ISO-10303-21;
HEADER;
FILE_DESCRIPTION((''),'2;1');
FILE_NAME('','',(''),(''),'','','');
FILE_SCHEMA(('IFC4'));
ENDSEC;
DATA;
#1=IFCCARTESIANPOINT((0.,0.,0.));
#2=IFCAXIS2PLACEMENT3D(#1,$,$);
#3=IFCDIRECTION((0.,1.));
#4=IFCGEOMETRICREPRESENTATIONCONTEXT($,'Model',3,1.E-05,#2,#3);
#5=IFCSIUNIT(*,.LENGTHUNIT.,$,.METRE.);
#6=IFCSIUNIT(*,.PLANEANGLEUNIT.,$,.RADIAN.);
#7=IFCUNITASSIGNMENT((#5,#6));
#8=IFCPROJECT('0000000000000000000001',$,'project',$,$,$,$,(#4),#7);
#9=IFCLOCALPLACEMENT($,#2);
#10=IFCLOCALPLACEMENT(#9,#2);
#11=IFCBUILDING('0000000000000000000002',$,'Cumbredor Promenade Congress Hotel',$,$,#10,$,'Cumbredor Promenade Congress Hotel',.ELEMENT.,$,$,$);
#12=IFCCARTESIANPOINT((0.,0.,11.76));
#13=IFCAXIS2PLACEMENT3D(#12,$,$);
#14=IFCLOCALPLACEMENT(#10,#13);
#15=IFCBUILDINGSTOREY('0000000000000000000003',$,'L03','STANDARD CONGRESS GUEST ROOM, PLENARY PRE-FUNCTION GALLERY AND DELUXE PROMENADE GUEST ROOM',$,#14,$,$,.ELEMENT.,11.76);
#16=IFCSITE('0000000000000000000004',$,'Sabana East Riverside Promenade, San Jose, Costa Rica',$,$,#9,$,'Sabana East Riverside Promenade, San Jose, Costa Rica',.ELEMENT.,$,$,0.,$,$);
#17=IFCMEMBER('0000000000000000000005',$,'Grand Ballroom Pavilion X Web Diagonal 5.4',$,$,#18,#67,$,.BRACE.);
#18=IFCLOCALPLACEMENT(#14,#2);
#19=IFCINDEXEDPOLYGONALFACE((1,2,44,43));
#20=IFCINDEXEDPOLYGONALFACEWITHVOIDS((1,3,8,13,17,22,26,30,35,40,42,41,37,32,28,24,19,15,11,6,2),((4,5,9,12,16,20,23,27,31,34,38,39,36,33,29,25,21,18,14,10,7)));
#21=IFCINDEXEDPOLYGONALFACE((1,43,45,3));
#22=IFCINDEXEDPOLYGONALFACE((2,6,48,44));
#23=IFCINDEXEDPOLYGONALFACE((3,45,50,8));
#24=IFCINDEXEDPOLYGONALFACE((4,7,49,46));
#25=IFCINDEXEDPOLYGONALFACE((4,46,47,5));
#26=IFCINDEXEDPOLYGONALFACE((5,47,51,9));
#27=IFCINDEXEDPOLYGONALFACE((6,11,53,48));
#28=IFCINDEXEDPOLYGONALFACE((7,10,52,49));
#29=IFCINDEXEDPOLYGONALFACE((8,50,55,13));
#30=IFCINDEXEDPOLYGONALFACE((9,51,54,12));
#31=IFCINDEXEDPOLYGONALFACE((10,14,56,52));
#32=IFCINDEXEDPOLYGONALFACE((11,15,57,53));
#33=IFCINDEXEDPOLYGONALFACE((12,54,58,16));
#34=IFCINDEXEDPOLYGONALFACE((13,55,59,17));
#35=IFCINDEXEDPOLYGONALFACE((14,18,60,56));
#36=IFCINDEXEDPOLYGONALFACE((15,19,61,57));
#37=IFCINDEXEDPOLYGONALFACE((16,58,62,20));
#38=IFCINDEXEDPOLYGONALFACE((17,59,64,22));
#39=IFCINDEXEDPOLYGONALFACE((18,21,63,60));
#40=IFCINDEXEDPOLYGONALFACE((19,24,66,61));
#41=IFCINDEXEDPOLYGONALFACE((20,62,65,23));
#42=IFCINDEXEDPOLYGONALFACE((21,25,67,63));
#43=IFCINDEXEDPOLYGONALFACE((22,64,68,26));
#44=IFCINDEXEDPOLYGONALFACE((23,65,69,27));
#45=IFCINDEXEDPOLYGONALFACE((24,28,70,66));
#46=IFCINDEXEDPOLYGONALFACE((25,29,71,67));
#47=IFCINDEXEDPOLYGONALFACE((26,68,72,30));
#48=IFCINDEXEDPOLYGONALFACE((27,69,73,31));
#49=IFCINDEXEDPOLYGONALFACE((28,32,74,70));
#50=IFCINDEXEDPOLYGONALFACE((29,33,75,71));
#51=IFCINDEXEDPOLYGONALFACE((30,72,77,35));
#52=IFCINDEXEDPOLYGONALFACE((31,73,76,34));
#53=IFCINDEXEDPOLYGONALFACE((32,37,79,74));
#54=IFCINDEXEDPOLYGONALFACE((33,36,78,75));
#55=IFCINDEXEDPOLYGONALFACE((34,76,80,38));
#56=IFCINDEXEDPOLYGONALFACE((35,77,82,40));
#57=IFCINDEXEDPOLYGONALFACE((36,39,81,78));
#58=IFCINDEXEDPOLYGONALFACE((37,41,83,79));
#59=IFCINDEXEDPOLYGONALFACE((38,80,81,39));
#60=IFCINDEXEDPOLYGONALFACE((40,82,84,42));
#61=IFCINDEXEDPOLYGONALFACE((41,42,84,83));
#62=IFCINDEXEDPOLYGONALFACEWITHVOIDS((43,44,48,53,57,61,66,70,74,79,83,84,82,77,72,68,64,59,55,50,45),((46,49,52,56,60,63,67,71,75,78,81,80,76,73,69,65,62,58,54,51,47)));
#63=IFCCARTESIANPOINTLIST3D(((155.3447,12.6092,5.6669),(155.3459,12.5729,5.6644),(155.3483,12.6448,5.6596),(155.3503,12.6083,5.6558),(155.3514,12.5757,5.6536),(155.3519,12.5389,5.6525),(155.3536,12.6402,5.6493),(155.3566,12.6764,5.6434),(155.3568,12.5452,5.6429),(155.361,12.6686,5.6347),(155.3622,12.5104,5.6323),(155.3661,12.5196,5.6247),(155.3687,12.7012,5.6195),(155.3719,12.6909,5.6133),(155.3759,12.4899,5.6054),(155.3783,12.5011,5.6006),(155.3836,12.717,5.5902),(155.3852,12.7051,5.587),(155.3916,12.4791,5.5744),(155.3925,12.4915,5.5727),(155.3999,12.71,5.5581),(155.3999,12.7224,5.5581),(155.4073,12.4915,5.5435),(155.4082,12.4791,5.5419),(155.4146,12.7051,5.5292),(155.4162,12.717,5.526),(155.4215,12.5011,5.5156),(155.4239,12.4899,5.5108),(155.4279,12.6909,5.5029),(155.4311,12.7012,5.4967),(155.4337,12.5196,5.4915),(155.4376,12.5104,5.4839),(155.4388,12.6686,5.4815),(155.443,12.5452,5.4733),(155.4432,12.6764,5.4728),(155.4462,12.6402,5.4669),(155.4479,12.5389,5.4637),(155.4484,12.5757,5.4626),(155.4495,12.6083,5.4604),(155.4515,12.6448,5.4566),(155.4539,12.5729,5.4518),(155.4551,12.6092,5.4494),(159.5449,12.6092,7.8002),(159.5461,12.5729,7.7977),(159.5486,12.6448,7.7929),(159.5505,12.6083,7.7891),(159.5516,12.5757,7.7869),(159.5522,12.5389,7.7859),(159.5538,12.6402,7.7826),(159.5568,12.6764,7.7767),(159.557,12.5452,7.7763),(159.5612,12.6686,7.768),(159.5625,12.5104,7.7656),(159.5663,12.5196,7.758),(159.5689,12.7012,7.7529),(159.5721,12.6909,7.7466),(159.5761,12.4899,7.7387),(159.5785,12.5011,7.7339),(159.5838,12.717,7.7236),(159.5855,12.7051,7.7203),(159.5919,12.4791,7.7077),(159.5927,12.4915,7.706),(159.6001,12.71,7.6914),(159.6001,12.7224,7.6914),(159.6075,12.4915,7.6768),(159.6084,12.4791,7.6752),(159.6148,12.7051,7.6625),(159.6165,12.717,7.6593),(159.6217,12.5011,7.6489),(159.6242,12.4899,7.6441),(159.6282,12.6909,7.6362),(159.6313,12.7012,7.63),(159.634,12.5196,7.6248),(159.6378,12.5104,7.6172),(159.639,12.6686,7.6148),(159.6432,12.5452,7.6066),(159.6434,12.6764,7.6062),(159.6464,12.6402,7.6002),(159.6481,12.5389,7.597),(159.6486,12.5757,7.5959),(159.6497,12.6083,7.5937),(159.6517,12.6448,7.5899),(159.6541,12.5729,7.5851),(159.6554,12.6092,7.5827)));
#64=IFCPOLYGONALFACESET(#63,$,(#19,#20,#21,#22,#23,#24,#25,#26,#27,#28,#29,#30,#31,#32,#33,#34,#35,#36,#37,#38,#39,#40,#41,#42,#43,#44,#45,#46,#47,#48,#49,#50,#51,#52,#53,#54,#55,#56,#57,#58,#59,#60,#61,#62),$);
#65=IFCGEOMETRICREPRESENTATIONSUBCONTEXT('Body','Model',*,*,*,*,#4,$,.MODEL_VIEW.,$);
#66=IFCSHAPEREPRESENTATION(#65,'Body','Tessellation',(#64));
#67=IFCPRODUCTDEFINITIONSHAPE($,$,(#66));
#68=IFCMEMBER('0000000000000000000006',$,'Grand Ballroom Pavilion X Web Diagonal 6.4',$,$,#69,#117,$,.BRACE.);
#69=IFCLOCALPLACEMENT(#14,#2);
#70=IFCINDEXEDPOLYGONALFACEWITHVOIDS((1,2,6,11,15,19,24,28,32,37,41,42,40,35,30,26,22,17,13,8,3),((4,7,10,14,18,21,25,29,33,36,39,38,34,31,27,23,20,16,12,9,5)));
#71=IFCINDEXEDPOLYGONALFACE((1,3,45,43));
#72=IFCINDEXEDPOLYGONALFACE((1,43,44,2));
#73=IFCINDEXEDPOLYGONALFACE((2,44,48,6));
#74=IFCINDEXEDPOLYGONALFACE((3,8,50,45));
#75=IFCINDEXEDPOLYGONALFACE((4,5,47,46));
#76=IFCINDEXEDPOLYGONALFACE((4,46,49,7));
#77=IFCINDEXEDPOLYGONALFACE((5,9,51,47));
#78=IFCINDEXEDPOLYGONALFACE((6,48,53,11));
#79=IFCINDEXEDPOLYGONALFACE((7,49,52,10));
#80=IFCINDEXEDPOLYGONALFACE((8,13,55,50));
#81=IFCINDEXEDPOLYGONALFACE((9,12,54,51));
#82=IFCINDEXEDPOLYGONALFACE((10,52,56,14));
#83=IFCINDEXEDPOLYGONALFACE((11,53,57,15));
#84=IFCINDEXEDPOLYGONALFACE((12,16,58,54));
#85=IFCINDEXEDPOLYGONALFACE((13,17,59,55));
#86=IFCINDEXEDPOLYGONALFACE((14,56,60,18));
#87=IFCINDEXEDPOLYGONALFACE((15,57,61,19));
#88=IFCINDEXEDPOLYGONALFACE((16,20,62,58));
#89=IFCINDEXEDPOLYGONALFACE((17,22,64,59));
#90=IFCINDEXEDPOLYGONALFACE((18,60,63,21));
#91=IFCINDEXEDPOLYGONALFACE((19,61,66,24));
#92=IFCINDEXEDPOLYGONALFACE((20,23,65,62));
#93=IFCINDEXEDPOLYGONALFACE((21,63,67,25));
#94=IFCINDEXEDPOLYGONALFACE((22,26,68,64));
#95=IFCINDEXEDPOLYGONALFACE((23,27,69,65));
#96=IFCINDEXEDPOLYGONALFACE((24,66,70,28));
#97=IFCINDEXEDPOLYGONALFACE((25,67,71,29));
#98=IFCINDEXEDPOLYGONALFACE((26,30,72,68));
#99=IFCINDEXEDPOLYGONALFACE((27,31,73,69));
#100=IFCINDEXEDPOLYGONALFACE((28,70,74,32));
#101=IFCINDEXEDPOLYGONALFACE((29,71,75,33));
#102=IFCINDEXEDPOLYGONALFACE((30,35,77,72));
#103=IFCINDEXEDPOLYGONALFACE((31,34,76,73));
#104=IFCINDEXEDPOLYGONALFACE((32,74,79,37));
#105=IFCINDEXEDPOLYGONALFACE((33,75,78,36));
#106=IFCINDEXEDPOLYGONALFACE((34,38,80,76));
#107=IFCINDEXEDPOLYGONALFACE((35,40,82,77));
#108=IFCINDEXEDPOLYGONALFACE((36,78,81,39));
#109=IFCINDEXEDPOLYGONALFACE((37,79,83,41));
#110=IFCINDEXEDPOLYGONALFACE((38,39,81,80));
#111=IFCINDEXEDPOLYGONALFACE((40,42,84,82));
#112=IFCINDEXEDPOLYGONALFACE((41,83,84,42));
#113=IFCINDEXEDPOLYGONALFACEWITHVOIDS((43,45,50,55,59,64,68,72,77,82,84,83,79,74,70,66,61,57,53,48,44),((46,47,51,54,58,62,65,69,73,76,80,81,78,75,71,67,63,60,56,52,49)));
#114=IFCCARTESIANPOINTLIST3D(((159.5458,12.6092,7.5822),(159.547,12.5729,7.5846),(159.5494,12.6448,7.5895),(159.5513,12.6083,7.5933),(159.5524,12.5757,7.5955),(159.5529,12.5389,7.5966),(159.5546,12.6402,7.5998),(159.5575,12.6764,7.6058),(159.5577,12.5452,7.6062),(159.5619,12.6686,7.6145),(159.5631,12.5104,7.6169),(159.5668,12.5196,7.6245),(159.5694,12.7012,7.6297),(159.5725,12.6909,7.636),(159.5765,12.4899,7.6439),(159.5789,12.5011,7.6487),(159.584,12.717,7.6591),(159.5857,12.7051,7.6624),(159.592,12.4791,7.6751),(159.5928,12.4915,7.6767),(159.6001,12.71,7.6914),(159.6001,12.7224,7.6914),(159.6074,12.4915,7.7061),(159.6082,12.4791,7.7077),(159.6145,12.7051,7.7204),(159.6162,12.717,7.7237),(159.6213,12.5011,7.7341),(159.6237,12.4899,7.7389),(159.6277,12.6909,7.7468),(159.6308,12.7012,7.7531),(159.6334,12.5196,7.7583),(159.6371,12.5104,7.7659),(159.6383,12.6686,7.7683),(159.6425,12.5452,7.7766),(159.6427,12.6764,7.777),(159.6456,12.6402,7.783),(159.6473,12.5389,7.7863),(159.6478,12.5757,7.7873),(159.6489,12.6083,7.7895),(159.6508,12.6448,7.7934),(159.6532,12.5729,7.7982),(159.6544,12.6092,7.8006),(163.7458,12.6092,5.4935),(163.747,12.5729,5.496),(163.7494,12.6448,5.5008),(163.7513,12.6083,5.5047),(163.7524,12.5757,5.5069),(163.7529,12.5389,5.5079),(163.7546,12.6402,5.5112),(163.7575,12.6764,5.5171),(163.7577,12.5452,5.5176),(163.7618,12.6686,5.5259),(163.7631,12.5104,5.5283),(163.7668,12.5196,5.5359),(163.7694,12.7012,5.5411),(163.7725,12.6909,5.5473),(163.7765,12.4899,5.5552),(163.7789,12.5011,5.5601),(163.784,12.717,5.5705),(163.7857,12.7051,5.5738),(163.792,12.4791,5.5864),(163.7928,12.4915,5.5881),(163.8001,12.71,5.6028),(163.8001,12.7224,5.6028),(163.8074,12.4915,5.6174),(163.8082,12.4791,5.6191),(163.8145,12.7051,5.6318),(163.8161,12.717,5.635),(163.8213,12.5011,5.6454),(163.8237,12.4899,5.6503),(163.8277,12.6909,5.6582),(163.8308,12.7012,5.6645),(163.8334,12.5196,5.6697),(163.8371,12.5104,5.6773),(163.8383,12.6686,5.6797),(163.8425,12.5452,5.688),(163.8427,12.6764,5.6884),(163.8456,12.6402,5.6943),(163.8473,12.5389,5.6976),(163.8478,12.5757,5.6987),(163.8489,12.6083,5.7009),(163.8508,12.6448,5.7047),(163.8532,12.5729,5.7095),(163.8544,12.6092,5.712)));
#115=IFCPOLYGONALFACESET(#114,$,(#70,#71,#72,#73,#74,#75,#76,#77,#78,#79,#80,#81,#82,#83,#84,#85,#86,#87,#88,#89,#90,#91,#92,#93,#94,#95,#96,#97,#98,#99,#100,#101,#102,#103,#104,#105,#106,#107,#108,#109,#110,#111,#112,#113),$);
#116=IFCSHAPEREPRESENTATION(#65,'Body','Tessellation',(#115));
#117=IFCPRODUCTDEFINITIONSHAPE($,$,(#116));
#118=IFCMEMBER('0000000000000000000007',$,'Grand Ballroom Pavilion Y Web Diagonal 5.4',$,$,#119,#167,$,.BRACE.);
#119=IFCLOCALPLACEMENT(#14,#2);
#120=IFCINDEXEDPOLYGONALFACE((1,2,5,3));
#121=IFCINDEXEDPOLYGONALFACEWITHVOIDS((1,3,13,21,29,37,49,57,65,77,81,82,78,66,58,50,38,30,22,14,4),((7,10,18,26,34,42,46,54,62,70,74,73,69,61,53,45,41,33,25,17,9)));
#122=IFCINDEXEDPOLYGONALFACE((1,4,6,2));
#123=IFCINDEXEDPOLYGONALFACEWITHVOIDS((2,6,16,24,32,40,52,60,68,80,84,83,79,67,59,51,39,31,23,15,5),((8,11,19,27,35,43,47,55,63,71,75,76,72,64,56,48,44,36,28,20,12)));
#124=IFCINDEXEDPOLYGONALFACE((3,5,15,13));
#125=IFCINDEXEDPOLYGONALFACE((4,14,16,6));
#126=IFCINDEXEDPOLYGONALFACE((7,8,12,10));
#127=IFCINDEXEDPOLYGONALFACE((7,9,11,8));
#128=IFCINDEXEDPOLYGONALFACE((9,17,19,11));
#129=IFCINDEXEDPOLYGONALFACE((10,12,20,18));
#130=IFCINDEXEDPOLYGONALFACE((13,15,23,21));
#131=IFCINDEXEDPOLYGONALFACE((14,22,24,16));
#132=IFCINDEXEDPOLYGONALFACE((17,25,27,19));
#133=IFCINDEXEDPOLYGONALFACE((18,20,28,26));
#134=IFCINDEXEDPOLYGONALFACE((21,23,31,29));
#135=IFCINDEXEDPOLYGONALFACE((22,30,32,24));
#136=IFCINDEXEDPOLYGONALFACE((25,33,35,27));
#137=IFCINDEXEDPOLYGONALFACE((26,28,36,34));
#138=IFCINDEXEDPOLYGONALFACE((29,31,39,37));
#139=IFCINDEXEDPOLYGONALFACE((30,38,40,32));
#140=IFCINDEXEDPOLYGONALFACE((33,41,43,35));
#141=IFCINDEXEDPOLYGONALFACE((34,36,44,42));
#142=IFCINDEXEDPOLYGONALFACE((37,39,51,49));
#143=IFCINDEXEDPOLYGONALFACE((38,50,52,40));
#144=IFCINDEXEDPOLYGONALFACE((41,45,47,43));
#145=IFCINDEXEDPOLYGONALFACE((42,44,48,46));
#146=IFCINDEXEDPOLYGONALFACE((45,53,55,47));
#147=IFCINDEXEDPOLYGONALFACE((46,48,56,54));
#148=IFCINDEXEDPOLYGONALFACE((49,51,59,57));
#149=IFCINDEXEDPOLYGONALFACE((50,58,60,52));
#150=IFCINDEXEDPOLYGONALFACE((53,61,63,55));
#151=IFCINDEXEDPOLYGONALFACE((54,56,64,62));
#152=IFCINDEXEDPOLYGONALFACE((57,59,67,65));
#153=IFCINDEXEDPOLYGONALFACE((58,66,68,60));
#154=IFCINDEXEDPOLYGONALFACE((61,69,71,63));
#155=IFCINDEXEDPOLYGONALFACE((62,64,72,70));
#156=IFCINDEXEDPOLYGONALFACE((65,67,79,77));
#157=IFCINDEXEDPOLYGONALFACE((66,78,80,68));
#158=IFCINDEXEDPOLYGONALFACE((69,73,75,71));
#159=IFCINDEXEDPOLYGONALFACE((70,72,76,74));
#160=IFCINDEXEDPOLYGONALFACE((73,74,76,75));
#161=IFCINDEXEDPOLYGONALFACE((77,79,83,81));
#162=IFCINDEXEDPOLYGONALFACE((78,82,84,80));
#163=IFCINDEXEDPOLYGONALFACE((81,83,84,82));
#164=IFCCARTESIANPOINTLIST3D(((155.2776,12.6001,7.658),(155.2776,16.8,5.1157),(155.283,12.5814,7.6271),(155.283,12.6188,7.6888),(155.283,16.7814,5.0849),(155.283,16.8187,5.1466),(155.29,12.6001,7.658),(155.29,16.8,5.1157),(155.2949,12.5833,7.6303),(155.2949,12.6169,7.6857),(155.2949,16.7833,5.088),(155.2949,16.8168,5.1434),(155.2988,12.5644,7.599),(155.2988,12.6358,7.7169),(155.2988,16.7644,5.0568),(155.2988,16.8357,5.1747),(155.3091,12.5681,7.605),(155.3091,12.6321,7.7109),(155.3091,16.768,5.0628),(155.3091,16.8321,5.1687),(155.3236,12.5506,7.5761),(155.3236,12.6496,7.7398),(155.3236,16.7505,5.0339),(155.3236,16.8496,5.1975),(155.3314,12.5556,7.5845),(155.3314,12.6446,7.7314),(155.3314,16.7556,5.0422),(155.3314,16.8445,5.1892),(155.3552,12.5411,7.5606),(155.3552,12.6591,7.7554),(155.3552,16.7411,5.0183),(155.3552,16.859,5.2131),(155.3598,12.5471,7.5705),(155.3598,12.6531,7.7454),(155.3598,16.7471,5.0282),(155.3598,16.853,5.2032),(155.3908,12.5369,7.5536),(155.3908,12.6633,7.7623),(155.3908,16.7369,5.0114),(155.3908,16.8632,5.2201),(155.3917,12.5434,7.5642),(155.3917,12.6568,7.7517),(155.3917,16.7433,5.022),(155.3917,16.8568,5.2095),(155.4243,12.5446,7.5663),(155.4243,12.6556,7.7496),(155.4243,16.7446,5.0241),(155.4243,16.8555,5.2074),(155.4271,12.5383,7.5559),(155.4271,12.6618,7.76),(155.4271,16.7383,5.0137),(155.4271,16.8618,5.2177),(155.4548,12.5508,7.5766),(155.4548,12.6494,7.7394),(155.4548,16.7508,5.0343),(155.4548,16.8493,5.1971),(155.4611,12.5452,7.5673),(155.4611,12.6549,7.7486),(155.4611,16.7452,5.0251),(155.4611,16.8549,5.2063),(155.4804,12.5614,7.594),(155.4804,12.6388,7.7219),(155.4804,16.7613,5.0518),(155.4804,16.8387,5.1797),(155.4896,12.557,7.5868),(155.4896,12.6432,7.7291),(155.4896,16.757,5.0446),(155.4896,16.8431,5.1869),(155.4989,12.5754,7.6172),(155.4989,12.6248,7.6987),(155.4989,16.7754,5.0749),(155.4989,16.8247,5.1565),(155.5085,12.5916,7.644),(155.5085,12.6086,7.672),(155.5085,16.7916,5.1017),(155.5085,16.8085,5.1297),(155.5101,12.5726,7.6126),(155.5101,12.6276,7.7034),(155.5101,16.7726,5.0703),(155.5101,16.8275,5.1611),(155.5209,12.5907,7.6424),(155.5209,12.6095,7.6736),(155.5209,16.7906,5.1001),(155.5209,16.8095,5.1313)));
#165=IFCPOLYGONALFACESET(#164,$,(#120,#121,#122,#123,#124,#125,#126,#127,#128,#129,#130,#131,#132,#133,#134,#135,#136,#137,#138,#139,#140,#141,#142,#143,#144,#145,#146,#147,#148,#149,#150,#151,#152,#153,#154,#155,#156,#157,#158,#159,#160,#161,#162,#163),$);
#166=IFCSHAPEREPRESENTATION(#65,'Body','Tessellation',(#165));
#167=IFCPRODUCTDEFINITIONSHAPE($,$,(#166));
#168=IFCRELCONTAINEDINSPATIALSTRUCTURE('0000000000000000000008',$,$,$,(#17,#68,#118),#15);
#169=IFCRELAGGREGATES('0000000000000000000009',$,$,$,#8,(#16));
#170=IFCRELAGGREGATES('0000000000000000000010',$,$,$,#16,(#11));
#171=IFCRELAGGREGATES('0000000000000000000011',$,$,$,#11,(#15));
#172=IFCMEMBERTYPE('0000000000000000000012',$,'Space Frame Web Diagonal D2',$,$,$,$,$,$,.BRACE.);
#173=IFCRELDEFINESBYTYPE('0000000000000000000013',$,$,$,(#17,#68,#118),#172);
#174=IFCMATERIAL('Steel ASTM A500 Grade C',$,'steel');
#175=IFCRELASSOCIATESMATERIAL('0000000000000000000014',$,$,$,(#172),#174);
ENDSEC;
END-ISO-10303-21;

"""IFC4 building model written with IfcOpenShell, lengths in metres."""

from ifc_helpers import new_model, si_unit, direction, frame, origin, origin_2d, place, context, subcontext, project, spatial, hollow_circle, extrude, material, material_profile, profile_set, type_object, element, save


model = new_model("IFC4")

# Units and contexts
model_context = context("Model", 3, precision=1e-05, world=origin(), true_north=direction((0.0, 1.0)))
body_context = subcontext(model_context, "Body", "Model", "MODEL_VIEW")
ifc_project = project(units=[si_unit("LENGTHUNIT", "METRE"), si_unit("PLANEANGLEUNIT", "RADIAN")], contexts=[model_context])

# Site, building, storey
site_placement = place(None, origin())
site = spatial("IfcSite", under=ifc_project, at=site_placement, Name="Sabana East Riverside Promenade, San Jose, Costa Rica", LongName="Sabana East Riverside Promenade, San Jose, Costa Rica", CompositionType="ELEMENT", RefElevation=0.0)
building_placement = place(site_placement, origin())
building = spatial("IfcBuilding", under=site, at=building_placement, Name="Cumbredor Promenade Congress Hotel", LongName="Cumbredor Promenade Congress Hotel", CompositionType="ELEMENT")
storey_placement = place(building_placement, frame((0.0, 0.0, 11.76)))
storey = spatial("IfcBuildingStorey", under=building, at=storey_placement, Name="L03", Description="STANDARD CONGRESS GUEST ROOM, PLENARY PRE-FUNCTION GALLERY AND DELUXE PROMENADE GUEST ROOM", CompositionType="ELEMENT", Elevation=11.76)

# Shared definitions
ifc_material_1 = material(Name="Steel ASTM A500 Grade C", Category="steel")

# Members
ifc_material_profile_1 = material_profile(ifc_material_1, hollow_circle(Radius=0.1223, WallThickness=0.0125, at=origin_2d()), Name="CHS 244.5x12.5")
ifc_profile_set_1 = profile_set([ifc_material_profile_1], Name="Steel ASTM A500 Grade C")
member_type_1 = type_object("IfcMemberType", Name="Space Frame Web Diagonal D2", PredefinedType="BRACE", material=ifc_profile_set_1)
member_1_placement = place(storey_placement, frame((155.3999, 12.6001, 5.5581), z_axis=(0.89159, 0.0, 0.452843), x_axis=(0.0, 1.0, 0.0)))
element("IfcMember", 1, at=member_1_placement, inside=storey, type_object=member_type_1, Name="Grand Ballroom Pavilion X Web Diagonal 5.4", PredefinedType="BRACE", context=body_context, shape_type="SweptSolid", body=[
    extrude(hollow_circle(Radius=0.1223, WallThickness=0.0125, at=origin_2d()), origin(), (0.0, 0.0, 1.0), 4.7109),
])
member_2_placement = place(storey_placement, frame((159.6001, 12.6001, 7.6914), z_axis=(0.895393, 0.0, -0.445276), x_axis=(0.0, 1.0, 0.0)))
element("IfcMember", 2, at=member_2_placement, inside=storey, type_object=member_type_1, Name="Grand Ballroom Pavilion X Web Diagonal 6.4", PredefinedType="BRACE", context=body_context, shape_type="SweptSolid", body=[
    extrude(hollow_circle(Radius=0.1223, WallThickness=0.0125, at=origin_2d()), origin(), (0.0, 0.0, 1.0), 4.6907),
])
member_3_placement = place(storey_placement, frame((155.3999, 12.6001, 7.658), z_axis=(0.0, 0.855486, -0.517827), x_axis=(-1.0, 0.0, 0.0)))
element("IfcMember", 3, at=member_3_placement, inside=storey, type_object=member_type_1, Name="Grand Ballroom Pavilion Y Web Diagonal 5.4", PredefinedType="BRACE", context=body_context, shape_type="SweptSolid", body=[
    extrude(hollow_circle(Radius=0.1223, WallThickness=0.0125, at=origin_2d()), origin(), (0.0, 0.0, 1.0), 4.9094),
])

save(model, "model.ifc")
